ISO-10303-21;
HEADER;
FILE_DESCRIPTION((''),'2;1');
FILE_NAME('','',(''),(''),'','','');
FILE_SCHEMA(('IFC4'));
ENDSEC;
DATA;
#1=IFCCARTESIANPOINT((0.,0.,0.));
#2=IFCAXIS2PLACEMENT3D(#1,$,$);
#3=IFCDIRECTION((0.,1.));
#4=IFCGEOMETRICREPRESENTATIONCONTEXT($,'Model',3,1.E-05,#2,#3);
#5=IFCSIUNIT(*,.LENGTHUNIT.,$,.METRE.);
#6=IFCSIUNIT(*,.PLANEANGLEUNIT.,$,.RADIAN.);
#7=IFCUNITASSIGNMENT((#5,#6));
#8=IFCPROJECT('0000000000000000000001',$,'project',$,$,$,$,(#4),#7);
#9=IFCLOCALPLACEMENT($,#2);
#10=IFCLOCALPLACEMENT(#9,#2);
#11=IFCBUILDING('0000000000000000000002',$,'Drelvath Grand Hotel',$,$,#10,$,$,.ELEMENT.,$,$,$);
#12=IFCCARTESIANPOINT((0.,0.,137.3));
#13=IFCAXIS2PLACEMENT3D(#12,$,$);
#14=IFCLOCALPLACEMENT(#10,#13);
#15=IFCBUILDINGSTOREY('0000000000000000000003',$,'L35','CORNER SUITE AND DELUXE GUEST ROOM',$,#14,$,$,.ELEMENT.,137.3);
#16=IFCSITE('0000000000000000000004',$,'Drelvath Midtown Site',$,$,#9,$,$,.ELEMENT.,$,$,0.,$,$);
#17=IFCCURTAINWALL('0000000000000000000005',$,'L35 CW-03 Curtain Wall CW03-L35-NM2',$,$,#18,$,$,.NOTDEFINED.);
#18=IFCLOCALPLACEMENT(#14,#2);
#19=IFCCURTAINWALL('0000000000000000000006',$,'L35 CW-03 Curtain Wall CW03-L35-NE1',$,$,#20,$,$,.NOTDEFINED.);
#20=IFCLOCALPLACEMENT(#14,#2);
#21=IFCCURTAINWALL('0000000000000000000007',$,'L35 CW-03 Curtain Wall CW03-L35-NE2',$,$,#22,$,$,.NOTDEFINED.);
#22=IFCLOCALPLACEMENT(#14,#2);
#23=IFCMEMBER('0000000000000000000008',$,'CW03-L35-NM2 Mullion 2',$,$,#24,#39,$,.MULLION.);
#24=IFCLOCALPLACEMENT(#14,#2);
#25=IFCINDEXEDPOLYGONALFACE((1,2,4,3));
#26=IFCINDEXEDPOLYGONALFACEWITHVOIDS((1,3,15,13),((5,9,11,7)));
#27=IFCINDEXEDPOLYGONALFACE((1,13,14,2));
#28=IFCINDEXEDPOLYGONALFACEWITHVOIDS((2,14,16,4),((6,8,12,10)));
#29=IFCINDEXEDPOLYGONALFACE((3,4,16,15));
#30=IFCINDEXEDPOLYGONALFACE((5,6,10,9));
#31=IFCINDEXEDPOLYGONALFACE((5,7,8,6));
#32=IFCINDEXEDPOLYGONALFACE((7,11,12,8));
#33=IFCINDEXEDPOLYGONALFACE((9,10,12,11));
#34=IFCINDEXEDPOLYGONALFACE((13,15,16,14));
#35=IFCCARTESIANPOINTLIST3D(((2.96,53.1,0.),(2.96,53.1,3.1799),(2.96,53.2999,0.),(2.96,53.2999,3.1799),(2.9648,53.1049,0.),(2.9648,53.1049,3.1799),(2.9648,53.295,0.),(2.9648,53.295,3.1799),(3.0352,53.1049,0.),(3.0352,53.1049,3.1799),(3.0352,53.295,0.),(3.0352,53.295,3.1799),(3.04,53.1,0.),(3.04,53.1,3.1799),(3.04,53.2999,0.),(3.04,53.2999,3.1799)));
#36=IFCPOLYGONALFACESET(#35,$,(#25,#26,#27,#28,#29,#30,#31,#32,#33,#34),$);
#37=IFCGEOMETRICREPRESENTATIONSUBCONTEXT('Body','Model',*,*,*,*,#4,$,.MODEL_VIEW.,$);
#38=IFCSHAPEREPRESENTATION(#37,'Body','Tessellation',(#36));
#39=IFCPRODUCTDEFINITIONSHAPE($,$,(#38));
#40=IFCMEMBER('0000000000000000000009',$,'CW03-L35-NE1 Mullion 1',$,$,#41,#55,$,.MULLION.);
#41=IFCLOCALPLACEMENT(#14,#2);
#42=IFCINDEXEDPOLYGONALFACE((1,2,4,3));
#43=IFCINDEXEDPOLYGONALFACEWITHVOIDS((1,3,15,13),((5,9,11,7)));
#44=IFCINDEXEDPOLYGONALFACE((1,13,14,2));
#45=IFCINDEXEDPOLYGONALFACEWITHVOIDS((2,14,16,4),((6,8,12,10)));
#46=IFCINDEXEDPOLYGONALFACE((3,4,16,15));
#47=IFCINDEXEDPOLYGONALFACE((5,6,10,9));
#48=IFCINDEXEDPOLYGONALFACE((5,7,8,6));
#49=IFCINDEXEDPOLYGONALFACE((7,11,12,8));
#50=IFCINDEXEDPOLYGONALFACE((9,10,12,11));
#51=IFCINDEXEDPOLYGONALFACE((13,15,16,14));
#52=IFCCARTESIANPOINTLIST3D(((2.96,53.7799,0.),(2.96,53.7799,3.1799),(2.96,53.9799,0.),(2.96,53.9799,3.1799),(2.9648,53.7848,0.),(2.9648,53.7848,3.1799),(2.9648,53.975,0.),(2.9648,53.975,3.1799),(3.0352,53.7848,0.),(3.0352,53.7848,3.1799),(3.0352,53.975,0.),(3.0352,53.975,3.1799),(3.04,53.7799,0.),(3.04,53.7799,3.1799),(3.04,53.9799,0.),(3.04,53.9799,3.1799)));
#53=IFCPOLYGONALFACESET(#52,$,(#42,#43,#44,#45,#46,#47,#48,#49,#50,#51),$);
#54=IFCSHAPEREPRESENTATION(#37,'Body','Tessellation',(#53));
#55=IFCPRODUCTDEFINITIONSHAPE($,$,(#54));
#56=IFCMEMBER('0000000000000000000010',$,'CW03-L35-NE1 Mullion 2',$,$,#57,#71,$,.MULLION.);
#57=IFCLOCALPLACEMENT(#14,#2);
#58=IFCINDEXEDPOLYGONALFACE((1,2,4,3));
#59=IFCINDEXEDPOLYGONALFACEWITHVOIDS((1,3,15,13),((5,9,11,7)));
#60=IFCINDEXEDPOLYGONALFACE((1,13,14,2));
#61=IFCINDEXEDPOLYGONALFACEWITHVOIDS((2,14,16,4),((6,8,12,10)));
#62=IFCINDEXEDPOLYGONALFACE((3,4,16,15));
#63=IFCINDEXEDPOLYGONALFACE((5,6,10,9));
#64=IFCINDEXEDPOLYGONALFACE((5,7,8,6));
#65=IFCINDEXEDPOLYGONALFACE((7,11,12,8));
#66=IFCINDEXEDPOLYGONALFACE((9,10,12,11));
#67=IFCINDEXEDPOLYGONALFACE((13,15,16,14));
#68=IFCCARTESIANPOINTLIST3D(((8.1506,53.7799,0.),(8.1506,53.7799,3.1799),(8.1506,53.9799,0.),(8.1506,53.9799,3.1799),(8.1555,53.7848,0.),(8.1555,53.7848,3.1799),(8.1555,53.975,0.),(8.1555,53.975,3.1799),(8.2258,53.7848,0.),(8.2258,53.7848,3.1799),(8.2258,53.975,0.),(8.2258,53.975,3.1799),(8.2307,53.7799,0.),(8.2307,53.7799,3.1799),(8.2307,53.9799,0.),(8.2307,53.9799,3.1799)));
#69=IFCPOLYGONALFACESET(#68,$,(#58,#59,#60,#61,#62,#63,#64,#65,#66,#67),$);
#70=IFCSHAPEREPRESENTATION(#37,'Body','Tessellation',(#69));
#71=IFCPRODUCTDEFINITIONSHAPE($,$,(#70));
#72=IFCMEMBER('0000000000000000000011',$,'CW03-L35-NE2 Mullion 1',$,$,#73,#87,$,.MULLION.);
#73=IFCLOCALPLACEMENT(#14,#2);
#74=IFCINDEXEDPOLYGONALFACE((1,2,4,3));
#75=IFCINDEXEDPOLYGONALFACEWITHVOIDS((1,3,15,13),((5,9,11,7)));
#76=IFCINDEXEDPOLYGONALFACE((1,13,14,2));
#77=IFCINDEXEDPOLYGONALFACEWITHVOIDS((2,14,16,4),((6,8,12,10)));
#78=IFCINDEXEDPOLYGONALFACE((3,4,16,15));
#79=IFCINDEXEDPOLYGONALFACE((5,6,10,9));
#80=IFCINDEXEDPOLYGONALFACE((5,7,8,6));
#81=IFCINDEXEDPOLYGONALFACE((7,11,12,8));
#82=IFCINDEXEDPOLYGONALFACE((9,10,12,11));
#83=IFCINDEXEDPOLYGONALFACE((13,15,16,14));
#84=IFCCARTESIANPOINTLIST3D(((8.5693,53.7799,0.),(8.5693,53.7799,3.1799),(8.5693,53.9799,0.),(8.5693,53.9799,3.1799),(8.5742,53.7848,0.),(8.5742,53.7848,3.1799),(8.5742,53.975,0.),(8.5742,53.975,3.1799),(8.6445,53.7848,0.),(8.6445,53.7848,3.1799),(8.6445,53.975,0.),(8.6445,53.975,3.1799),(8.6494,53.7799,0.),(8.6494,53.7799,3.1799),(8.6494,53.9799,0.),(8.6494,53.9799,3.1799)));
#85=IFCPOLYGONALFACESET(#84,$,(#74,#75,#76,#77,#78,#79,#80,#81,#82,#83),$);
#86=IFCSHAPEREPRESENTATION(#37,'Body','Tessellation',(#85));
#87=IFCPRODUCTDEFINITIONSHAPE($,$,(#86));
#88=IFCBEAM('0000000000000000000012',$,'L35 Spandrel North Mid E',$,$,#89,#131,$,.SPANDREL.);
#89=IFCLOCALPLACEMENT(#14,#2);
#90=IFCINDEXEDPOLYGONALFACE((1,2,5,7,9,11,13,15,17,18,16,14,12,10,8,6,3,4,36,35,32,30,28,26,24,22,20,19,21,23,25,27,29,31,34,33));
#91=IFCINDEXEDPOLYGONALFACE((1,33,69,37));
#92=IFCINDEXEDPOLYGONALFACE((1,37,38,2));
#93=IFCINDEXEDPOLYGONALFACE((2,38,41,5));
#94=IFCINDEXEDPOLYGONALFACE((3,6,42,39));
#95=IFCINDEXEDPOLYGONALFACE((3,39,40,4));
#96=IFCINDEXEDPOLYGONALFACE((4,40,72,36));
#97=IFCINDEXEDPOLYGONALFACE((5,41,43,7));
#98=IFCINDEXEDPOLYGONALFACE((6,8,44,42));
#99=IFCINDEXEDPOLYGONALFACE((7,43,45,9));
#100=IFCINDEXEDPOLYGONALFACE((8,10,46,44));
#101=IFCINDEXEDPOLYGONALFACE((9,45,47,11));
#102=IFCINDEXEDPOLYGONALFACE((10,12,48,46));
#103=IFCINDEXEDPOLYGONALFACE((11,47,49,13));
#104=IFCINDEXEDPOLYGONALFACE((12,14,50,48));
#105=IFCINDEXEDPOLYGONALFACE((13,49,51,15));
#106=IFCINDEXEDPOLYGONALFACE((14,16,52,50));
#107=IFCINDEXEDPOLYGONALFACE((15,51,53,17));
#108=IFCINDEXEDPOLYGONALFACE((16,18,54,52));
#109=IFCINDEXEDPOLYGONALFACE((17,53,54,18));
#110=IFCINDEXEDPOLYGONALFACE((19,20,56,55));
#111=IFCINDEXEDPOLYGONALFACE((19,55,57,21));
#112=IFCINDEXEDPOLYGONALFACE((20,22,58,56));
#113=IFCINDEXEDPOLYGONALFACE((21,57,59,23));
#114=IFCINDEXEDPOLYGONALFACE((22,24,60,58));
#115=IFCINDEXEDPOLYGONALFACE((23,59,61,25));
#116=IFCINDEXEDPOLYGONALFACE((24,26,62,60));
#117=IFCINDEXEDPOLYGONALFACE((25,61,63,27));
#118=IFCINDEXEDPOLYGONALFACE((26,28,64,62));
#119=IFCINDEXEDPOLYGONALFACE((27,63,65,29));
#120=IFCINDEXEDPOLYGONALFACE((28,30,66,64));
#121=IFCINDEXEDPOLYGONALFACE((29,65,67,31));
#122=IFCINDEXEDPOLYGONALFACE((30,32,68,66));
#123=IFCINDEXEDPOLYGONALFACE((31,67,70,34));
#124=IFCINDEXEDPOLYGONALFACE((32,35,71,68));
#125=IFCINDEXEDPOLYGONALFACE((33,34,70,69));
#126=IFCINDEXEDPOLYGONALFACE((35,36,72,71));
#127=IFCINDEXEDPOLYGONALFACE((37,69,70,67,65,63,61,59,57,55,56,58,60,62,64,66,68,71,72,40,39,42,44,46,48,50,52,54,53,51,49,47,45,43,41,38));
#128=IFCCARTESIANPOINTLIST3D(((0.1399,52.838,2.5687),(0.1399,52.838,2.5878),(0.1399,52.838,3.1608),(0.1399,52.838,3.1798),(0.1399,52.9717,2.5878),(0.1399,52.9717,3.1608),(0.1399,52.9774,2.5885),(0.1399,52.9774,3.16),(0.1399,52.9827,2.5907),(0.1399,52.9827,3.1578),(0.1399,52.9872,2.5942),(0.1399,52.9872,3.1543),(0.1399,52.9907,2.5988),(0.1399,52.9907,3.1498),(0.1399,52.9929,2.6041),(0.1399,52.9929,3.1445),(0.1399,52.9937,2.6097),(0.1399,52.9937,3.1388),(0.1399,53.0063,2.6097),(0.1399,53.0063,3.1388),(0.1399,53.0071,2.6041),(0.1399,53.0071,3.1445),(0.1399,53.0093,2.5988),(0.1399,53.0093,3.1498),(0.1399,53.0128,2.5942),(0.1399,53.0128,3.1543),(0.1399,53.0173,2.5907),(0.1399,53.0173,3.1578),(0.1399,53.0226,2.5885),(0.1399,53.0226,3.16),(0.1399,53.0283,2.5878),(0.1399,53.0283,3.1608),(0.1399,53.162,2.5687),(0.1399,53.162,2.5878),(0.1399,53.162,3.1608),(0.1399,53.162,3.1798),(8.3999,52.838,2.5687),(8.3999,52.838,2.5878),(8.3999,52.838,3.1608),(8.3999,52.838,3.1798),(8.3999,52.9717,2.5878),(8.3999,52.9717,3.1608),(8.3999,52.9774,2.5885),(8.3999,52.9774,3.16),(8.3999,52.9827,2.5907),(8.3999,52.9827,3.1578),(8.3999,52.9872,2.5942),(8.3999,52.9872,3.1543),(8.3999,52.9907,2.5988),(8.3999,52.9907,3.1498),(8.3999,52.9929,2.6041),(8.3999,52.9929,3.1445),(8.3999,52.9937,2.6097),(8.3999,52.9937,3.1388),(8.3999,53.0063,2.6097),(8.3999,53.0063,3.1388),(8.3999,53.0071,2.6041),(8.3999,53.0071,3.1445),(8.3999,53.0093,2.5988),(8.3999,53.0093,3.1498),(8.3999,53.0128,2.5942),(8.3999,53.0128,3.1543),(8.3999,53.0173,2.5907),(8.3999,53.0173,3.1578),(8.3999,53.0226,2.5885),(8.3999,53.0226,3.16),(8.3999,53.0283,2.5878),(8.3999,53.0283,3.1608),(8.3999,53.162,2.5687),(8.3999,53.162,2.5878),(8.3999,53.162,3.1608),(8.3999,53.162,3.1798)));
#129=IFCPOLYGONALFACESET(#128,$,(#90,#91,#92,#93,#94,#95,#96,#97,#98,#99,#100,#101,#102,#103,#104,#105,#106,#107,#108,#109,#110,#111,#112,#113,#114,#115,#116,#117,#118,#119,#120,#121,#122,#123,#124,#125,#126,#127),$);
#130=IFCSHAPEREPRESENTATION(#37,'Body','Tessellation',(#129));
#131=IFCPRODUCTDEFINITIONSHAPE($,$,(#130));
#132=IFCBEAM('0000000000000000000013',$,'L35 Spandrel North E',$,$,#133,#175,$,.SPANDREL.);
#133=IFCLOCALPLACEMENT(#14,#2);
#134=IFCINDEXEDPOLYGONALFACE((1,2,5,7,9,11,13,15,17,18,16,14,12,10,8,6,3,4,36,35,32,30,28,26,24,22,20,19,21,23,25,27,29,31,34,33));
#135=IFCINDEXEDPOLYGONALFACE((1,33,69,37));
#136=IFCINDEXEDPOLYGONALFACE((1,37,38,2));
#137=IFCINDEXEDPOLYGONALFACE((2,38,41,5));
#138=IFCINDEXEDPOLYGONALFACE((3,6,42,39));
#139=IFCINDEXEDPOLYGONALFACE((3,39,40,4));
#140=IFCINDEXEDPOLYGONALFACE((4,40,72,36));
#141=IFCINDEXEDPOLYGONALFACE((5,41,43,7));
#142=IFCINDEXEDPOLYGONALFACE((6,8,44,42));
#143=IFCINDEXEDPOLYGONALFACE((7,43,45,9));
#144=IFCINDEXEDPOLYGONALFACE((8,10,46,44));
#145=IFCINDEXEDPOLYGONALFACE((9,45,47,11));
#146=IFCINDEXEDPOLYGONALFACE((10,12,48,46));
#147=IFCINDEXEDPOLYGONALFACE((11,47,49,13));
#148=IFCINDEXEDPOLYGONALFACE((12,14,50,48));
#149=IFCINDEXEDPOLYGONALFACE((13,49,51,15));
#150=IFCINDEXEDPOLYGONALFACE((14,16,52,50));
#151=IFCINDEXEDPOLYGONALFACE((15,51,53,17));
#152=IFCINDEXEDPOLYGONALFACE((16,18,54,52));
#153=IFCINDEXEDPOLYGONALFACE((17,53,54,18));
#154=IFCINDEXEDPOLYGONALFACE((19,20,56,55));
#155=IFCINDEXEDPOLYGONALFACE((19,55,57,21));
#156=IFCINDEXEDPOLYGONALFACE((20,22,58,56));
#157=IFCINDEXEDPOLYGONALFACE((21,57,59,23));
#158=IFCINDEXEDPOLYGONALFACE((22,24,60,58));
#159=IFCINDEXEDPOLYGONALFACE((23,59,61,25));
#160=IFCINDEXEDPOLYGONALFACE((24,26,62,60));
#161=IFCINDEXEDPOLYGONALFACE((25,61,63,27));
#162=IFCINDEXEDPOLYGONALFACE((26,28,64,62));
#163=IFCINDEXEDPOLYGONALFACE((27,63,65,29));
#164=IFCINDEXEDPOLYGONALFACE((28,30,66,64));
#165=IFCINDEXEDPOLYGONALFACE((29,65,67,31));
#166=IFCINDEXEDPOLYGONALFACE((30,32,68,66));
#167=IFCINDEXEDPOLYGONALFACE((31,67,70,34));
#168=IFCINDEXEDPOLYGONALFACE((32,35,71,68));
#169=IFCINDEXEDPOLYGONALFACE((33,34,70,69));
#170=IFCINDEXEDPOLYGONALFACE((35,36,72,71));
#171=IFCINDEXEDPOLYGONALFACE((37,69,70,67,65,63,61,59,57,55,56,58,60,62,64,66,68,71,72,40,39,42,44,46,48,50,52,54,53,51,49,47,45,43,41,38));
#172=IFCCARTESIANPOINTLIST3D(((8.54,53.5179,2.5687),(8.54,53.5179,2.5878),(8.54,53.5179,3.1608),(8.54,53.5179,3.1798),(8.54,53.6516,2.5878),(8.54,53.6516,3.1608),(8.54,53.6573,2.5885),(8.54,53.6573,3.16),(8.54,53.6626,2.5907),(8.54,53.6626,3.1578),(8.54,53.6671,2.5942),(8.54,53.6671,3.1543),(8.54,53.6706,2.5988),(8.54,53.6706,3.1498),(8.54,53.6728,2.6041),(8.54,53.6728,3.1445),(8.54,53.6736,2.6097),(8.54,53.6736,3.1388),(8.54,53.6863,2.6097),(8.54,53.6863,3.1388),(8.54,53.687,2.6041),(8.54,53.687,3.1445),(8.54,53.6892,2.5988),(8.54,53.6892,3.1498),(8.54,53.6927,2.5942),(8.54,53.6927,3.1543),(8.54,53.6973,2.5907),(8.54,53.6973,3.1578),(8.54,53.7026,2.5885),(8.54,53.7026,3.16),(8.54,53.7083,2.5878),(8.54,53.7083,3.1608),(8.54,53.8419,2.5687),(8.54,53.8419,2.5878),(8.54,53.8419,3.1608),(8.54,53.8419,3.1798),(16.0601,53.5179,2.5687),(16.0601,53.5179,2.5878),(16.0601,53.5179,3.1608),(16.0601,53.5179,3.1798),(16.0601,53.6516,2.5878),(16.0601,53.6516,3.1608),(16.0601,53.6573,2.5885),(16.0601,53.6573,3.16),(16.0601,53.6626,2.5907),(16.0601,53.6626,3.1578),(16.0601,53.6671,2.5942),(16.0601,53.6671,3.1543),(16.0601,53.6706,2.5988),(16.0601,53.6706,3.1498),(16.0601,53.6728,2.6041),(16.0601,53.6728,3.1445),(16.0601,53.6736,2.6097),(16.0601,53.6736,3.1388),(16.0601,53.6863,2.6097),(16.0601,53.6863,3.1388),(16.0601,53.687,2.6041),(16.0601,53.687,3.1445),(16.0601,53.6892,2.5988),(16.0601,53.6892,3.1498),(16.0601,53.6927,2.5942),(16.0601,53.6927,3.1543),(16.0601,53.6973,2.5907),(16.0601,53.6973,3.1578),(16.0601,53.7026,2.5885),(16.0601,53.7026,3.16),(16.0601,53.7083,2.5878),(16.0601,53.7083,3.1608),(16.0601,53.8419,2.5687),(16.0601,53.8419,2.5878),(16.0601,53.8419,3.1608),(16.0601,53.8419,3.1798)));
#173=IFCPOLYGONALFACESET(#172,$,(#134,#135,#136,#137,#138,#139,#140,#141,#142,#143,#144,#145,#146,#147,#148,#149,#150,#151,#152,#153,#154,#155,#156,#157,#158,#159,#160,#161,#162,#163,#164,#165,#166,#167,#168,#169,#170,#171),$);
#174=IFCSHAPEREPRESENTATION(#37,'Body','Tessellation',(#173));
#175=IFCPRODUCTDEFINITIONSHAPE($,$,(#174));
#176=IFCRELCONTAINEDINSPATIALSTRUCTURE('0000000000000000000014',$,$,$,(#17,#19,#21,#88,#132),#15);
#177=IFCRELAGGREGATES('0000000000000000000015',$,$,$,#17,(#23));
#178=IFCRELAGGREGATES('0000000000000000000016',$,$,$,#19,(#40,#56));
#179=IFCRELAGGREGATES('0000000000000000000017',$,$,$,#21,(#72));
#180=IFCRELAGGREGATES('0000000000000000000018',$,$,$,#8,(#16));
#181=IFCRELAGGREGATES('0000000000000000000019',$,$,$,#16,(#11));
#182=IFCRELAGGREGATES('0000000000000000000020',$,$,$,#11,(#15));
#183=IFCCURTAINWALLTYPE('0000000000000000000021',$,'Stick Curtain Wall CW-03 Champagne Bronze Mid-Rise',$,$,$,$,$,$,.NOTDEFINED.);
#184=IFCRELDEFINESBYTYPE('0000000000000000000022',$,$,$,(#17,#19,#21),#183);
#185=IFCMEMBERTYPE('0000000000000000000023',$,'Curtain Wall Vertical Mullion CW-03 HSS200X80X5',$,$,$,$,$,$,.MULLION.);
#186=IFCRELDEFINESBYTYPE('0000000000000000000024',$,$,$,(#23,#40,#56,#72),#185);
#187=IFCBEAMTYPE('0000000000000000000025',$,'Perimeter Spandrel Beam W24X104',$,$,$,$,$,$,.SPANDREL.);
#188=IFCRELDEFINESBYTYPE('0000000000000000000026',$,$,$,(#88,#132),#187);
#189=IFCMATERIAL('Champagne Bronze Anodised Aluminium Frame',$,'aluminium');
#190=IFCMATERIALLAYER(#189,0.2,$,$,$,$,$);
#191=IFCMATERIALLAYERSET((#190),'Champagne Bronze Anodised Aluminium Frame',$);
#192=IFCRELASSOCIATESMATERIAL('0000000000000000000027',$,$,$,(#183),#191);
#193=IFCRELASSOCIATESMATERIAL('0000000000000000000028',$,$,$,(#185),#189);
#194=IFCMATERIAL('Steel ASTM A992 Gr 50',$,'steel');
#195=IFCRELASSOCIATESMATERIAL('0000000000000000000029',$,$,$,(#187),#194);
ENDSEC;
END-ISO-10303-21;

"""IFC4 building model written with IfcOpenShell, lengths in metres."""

from ifc_helpers import new_model, si_unit, direction, frame, origin, origin_2d, place, context, subcontext, project, spatial, hollow_rectangle, i_section, extrude, material, layer, layer_set, material_profile, profile_set, type_object, element, aggregate, save


model = new_model("IFC4")

# Units and contexts
model_context = context("Model", 3, precision=1e-05, world=origin(), true_north=direction((0.0, 1.0)))
body_context = subcontext(model_context, "Body", "Model", "MODEL_VIEW")
ifc_project = project(units=[si_unit("LENGTHUNIT", "METRE"), si_unit("PLANEANGLEUNIT", "RADIAN")], contexts=[model_context])

# Site, building, storey
site_placement = place(None, origin())
site = spatial("IfcSite", under=ifc_project, at=site_placement, Name="Drelvath Midtown Site", CompositionType="ELEMENT", RefElevation=0.0)
building_placement = place(site_placement, origin())
building = spatial("IfcBuilding", under=site, at=building_placement, Name="Drelvath Grand Hotel", CompositionType="ELEMENT")
storey_placement = place(building_placement, frame((0.0, 0.0, 137.3)))
storey = spatial("IfcBuildingStorey", under=building, at=storey_placement, Name="L35", Description="CORNER SUITE AND DELUXE GUEST ROOM", CompositionType="ELEMENT", Elevation=137.3)

# Curtain walls
ifc_material_1 = material(Name="Champagne Bronze Anodised Aluminium Frame", Category="aluminium")
ifc_layer_1 = layer(ifc_material_1, 0.2)
ifc_layer_set_1 = layer_set([ifc_layer_1], Name="Champagne Bronze Anodised Aluminium Frame")
curtain_wall_type = type_object("IfcCurtainWallType", Name="Stick Curtain Wall CW-03 Champagne Bronze Mid-Rise", PredefinedType="NOTDEFINED", material=ifc_layer_set_1)
curtain_wall_1_placement = place(storey_placement, origin())
curtain_wall_1 = element("IfcCurtainWall", 1, at=curtain_wall_1_placement, inside=storey, type_object=curtain_wall_type, Name="L35 CW-03 Curtain Wall CW03-L35-NM2", PredefinedType="NOTDEFINED")
curtain_wall_2_placement = place(storey_placement, origin())
curtain_wall_2 = element("IfcCurtainWall", 2, at=curtain_wall_2_placement, inside=storey, type_object=curtain_wall_type, Name="L35 CW-03 Curtain Wall CW03-L35-NE1", PredefinedType="NOTDEFINED")
curtain_wall_3_placement = place(storey_placement, origin())
curtain_wall_3 = element("IfcCurtainWall", 3, at=curtain_wall_3_placement, inside=storey, type_object=curtain_wall_type, Name="L35 CW-03 Curtain Wall CW03-L35-NE2", PredefinedType="NOTDEFINED")
ifc_material_profile_1 = material_profile(ifc_material_1, hollow_rectangle(XDim=0.0801, YDim=0.2, WallThickness=0.0049, at=origin_2d()), Name="HSS200X80X5")
ifc_profile_set_1 = profile_set([ifc_material_profile_1], Name="Champagne Bronze Anodised Aluminium Frame")
member_type_1 = type_object("IfcMemberType", Name="Curtain Wall Vertical Mullion CW-03 HSS200X80X5", PredefinedType="MULLION", material=ifc_profile_set_1)

# Members
member_1_placement = place(storey_placement, frame((3.0, 53.2, 0.0), z_axis=(0.0, 0.0, 1.0), x_axis=(1.0, 0.0, 0.0)))
member_1 = element("IfcMember", 4, at=member_1_placement, type_object=member_type_1, Name="CW03-L35-NM2 Mullion 2", PredefinedType="MULLION", context=body_context, shape_type="SweptSolid", body=[
    extrude(hollow_rectangle(XDim=0.0801, YDim=0.2, WallThickness=0.0049, at=origin_2d()), origin(), (0.0, 0.0, 1.0), 3.1799),
])
member_2_placement = place(storey_placement, frame((3.0, 53.8799, 0.0), z_axis=(0.0, 0.0, 1.0), x_axis=(1.0, 0.0, 0.0)))
member_2 = element("IfcMember", 5, at=member_2_placement, type_object=member_type_1, Name="CW03-L35-NE1 Mullion 1", PredefinedType="MULLION", context=body_context, shape_type="SweptSolid", body=[
    extrude(hollow_rectangle(XDim=0.0801, YDim=0.2, WallThickness=0.0049, at=origin_2d()), origin(), (0.0, 0.0, 1.0), 3.1799),
])
member_3_placement = place(storey_placement, frame((8.1907, 53.8799, 0.0), z_axis=(0.0, 0.0, 1.0), x_axis=(1.0, 0.0, 0.0)))
member_3 = element("IfcMember", 6, at=member_3_placement, type_object=member_type_1, Name="CW03-L35-NE1 Mullion 2", PredefinedType="MULLION", context=body_context, shape_type="SweptSolid", body=[
    extrude(hollow_rectangle(XDim=0.0801, YDim=0.2, WallThickness=0.0049, at=origin_2d()), origin(), (0.0, 0.0, 1.0), 3.1799),
])
member_4_placement = place(storey_placement, frame((8.6094, 53.8799, 0.0), z_axis=(0.0, 0.0, 1.0), x_axis=(1.0, 0.0, 0.0)))
member_4 = element("IfcMember", 7, at=member_4_placement, type_object=member_type_1, Name="CW03-L35-NE2 Mullion 1", PredefinedType="MULLION", context=body_context, shape_type="SweptSolid", body=[
    extrude(hollow_rectangle(XDim=0.0801, YDim=0.2, WallThickness=0.0049, at=origin_2d()), origin(), (0.0, 0.0, 1.0), 3.1799),
])

# Beams
ifc_material_2 = material(Name="Steel ASTM A992 Gr 50", Category="steel")
ifc_material_profile_2 = material_profile(ifc_material_2, i_section(OverallWidth=0.324, OverallDepth=0.6111, WebThickness=0.0127, FlangeThickness=0.019, FilletRadius=0.022, at=origin_2d()), Name="W24X104")
ifc_profile_set_2 = profile_set([ifc_material_profile_2], Name="Steel ASTM A992 Gr 50")
beam_type_1 = type_object("IfcBeamType", Name="Perimeter Spandrel Beam W24X104", PredefinedType="SPANDREL", material=ifc_profile_set_2)
beam_1_placement = place(storey_placement, frame((0.1399, 53.0, 2.8743), z_axis=(1.0, 0.0, 0.0), x_axis=(0.0, 1.0, 0.0)))
element("IfcBeam", 8, at=beam_1_placement, inside=storey, type_object=beam_type_1, Name="L35 Spandrel North Mid E", PredefinedType="SPANDREL", context=body_context, shape_type="SweptSolid", body=[
    extrude(i_section(OverallWidth=0.324, OverallDepth=0.6111, WebThickness=0.0127, FlangeThickness=0.019, FilletRadius=0.022, at=origin_2d()), origin(), (0.0, 0.0, 1.0), 8.26),
])
beam_2_placement = place(storey_placement, frame((8.54, 53.6799, 2.8743), z_axis=(1.0, 0.0, 0.0), x_axis=(0.0, 1.0, 0.0)))
element("IfcBeam", 9, at=beam_2_placement, inside=storey, type_object=beam_type_1, Name="L35 Spandrel North E", PredefinedType="SPANDREL", context=body_context, shape_type="SweptSolid", body=[
    extrude(i_section(OverallWidth=0.324, OverallDepth=0.6111, WebThickness=0.0127, FlangeThickness=0.019, FilletRadius=0.022, at=origin_2d()), origin(), (0.0, 0.0, 1.0), 7.52),
])

aggregate(curtain_wall_1, [member_1])
aggregate(curtain_wall_2, [member_2, member_3])
aggregate(curtain_wall_3, [member_4])

save(model, "model.ifc")
